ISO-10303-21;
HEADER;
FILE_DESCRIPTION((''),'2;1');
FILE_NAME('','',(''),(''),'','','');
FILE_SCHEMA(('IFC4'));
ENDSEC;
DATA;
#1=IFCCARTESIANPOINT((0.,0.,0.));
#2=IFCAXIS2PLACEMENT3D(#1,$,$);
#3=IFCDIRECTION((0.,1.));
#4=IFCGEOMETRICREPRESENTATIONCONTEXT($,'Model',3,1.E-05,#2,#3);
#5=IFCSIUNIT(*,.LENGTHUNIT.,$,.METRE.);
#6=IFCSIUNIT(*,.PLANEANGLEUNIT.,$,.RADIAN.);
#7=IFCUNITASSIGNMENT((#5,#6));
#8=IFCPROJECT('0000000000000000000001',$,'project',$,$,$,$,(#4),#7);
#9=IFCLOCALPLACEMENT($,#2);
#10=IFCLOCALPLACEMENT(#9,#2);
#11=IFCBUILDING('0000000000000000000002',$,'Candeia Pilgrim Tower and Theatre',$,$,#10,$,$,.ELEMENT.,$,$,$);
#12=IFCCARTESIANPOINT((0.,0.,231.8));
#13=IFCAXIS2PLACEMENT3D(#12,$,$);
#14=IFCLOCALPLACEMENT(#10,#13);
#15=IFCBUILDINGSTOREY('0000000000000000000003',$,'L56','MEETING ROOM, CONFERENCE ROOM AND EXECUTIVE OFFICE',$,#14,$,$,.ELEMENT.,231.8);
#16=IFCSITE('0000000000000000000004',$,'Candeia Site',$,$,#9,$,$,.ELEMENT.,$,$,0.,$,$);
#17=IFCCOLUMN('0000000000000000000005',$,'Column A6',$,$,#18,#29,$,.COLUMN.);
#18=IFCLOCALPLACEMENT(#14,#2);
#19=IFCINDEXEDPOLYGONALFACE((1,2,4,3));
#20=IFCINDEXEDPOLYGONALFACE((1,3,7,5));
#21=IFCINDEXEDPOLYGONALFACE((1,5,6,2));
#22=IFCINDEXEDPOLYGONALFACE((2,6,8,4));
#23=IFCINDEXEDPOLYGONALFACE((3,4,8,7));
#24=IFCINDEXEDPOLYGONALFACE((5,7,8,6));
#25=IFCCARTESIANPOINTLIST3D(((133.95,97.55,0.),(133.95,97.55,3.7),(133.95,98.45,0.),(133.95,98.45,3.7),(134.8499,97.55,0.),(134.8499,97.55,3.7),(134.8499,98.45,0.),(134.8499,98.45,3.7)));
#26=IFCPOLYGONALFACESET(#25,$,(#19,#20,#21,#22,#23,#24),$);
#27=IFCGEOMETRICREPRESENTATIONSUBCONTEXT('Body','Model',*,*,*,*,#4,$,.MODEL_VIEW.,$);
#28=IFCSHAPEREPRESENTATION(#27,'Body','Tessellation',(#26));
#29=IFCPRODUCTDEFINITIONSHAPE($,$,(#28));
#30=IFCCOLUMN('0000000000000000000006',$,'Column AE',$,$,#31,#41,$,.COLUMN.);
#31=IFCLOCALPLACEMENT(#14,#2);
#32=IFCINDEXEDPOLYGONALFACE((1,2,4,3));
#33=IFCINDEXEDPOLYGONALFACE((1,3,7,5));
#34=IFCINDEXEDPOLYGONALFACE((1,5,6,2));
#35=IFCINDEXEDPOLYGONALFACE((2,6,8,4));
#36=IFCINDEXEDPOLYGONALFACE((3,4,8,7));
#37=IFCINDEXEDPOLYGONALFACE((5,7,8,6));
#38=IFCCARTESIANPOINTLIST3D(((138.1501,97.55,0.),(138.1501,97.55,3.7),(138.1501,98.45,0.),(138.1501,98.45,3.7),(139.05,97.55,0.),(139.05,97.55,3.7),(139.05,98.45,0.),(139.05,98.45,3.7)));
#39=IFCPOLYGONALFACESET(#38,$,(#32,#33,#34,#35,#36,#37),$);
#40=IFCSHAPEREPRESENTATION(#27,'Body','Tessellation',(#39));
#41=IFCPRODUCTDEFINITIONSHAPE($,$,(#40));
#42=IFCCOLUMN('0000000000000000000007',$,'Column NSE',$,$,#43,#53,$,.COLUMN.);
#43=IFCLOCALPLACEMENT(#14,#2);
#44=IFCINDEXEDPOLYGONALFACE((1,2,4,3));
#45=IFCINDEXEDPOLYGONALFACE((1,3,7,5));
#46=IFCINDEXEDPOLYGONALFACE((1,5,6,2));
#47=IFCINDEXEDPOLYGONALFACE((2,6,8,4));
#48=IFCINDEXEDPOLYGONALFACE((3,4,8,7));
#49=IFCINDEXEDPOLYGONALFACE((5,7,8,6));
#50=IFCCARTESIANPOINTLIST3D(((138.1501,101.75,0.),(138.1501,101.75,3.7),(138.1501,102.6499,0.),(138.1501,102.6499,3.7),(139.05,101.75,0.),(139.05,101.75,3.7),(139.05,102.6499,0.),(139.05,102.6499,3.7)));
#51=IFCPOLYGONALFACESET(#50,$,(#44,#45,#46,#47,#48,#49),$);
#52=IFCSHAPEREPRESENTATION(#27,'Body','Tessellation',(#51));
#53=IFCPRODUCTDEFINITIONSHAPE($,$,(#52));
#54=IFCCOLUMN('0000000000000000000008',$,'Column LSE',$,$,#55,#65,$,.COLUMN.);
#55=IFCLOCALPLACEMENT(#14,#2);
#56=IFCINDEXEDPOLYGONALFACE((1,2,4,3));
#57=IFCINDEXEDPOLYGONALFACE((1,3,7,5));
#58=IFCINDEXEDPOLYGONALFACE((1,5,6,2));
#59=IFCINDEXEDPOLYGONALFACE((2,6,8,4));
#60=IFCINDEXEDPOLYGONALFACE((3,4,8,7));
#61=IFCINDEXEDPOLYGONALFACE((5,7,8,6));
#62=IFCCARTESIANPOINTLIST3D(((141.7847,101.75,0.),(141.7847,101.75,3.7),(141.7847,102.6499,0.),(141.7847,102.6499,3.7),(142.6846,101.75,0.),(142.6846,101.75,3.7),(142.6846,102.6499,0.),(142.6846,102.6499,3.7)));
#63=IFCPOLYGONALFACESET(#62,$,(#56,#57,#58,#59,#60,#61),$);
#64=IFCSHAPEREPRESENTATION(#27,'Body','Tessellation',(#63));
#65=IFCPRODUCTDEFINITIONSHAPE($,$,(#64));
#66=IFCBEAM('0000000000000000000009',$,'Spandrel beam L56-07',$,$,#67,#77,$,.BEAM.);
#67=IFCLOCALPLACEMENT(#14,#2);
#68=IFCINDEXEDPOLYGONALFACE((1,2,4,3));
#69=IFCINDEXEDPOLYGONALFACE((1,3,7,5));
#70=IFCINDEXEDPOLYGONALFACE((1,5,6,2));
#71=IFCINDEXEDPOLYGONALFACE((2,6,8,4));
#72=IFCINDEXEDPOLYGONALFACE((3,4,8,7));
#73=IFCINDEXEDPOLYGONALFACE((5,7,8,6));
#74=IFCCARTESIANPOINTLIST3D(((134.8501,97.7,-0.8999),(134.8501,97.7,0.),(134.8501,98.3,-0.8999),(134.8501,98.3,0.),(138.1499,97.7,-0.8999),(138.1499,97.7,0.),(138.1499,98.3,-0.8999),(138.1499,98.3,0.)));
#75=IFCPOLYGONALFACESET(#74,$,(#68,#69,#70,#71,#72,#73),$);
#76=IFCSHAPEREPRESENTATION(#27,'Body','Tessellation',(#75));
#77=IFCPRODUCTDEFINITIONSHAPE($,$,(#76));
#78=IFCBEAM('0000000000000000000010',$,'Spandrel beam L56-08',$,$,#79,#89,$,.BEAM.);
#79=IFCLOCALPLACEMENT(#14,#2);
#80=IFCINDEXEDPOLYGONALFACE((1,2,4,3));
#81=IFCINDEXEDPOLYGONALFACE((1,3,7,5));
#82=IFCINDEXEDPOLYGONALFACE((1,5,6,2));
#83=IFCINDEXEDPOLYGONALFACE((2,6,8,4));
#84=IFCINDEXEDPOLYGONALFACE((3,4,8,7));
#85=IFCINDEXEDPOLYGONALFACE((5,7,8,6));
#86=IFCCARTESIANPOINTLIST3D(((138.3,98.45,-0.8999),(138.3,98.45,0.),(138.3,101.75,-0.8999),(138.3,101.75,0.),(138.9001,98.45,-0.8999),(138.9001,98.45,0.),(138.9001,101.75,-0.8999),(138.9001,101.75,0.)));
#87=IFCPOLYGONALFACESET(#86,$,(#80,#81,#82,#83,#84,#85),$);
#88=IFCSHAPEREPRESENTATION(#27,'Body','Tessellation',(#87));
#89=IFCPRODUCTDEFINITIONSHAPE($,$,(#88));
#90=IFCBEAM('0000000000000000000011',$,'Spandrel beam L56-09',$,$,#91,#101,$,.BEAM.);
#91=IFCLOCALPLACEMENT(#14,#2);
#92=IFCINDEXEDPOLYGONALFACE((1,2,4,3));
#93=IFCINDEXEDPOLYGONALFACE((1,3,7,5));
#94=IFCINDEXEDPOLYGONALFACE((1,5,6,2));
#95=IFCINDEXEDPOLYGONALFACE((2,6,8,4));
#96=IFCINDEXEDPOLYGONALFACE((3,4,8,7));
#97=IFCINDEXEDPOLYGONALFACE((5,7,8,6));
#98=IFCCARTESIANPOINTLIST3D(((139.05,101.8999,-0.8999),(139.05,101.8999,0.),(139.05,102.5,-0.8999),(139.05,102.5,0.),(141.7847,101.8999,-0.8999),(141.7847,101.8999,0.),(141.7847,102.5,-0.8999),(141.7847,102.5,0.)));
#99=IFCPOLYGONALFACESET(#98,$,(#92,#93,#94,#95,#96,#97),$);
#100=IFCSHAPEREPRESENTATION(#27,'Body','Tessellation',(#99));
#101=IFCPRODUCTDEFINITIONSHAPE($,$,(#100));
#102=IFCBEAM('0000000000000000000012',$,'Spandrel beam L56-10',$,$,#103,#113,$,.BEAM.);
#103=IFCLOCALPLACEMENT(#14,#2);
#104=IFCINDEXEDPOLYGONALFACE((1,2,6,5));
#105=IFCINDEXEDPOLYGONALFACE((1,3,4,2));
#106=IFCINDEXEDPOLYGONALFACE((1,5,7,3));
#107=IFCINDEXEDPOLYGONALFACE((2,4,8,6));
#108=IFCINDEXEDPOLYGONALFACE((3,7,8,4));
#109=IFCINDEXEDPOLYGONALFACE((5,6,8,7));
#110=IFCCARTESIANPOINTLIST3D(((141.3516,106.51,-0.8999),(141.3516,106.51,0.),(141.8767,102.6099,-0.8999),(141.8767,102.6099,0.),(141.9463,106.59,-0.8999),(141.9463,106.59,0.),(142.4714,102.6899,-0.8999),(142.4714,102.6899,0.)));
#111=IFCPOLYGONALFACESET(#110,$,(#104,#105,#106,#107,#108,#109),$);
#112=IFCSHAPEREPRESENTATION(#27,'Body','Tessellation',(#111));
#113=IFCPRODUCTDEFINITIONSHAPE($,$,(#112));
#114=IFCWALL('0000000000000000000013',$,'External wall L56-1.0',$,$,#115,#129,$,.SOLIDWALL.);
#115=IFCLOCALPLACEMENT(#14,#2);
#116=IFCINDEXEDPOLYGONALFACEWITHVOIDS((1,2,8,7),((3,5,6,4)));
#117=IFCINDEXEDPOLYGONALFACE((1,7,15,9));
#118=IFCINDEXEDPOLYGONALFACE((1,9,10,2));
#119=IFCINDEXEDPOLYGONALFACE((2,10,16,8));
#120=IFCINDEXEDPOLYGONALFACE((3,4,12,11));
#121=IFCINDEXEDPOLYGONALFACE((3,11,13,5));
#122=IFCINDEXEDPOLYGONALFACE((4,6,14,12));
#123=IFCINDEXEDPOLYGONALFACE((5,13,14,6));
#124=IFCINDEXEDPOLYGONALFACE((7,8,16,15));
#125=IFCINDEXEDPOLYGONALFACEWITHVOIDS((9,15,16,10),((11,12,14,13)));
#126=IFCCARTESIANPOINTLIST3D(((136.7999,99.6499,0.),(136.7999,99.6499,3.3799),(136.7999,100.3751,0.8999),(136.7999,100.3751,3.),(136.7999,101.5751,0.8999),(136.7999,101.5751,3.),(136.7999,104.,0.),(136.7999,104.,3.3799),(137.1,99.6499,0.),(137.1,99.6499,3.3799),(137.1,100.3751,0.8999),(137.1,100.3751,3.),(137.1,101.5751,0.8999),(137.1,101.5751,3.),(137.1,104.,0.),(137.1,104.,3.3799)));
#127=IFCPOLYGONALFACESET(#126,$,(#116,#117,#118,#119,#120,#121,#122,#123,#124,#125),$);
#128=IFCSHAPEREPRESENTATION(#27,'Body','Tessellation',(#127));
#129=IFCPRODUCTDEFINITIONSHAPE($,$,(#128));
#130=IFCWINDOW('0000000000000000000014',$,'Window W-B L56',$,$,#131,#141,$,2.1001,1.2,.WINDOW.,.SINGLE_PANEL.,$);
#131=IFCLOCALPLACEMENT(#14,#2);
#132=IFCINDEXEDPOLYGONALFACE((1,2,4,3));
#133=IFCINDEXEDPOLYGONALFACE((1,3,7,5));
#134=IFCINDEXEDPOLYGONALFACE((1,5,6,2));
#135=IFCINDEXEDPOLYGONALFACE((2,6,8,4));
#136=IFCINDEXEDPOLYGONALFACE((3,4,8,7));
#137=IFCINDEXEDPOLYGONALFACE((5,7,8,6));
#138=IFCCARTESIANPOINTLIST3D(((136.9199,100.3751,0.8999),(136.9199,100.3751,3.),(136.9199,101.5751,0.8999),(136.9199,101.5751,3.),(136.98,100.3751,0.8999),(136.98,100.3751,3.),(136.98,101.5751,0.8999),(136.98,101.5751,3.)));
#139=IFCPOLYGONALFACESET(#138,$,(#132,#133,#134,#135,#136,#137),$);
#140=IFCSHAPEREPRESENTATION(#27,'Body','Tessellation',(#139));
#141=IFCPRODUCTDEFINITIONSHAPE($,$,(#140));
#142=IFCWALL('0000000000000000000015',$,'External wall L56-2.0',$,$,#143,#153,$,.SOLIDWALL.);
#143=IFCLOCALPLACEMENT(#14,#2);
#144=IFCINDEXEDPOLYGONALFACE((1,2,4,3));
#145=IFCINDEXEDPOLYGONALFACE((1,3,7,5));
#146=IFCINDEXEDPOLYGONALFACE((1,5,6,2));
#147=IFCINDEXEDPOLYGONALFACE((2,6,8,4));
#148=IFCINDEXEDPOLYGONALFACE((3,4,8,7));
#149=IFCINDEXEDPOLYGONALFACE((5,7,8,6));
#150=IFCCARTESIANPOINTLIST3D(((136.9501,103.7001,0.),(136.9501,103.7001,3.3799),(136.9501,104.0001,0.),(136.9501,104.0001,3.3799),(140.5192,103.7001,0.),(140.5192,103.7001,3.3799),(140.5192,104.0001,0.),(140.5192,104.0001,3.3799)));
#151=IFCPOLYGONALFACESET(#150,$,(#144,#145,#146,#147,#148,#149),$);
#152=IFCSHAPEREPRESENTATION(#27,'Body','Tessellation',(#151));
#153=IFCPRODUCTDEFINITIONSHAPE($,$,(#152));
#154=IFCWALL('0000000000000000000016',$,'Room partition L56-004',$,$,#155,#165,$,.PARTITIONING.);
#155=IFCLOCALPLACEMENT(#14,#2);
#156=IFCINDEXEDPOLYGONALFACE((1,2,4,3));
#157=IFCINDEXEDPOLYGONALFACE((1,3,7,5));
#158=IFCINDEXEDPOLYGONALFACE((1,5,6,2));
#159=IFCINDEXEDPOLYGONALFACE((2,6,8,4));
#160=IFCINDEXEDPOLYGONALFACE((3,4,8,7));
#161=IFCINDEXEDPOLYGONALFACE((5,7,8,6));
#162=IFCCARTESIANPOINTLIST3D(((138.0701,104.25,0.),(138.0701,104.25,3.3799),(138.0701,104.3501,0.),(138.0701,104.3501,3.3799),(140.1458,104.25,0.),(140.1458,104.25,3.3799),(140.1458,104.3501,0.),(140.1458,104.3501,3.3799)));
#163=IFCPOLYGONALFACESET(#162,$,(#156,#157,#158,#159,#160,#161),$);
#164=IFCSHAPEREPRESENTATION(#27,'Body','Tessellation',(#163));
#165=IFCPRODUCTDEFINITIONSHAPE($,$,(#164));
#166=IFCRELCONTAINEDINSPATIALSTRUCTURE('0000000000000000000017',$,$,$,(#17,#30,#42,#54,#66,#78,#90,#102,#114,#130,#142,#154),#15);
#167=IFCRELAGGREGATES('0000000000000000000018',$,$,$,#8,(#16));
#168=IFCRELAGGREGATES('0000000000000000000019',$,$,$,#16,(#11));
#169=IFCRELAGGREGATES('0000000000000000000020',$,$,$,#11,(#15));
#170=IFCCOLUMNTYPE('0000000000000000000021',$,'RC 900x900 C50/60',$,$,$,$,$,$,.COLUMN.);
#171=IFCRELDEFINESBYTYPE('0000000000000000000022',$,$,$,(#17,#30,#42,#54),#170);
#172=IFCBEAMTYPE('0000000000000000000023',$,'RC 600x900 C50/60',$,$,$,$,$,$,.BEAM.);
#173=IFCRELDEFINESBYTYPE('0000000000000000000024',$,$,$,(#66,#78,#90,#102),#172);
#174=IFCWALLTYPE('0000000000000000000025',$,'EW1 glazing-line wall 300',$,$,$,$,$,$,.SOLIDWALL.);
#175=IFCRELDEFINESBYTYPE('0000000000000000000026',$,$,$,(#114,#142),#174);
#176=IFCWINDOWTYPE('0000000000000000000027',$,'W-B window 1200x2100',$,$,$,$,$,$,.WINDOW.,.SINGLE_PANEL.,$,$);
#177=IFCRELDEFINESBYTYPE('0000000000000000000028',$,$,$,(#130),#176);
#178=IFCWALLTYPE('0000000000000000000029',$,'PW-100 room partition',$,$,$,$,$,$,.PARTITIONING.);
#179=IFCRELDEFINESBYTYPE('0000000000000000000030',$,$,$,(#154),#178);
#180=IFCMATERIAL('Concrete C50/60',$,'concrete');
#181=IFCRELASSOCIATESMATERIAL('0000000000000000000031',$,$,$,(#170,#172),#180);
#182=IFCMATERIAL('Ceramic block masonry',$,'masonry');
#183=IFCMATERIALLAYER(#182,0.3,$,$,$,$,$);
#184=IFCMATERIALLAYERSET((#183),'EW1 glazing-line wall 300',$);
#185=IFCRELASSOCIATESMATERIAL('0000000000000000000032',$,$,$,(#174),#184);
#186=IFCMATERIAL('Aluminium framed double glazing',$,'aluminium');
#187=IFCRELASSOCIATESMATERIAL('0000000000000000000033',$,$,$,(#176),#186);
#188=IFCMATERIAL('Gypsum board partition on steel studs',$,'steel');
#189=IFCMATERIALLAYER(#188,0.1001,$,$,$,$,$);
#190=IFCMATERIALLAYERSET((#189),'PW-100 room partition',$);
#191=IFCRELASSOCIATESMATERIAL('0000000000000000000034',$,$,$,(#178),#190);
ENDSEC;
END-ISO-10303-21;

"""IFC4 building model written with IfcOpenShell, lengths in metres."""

from ifc_helpers import new_model, si_unit, direction, frame, frame_2d, origin, origin_2d, place, context, subcontext, project, spatial, rectangle, extrude, material, layer, layer_set, material_profile, profile_set, type_object, element, fill, save


model = new_model("IFC4")

# Units and contexts
model_context = context("Model", 3, precision=1e-05, world=origin(), true_north=direction((0.0, 1.0)))
body_context = subcontext(model_context, "Body", "Model", "MODEL_VIEW")
ifc_project = project(units=[si_unit("LENGTHUNIT", "METRE"), si_unit("PLANEANGLEUNIT", "RADIAN")], contexts=[model_context])

# Site, building, storey
site_placement = place(None, origin())
site = spatial("IfcSite", under=ifc_project, at=site_placement, Name="Candeia Site", CompositionType="ELEMENT", RefElevation=0.0)
building_placement = place(site_placement, origin())
building = spatial("IfcBuilding", under=site, at=building_placement, Name="Candeia Pilgrim Tower and Theatre", CompositionType="ELEMENT")
storey_placement = place(building_placement, frame((0.0, 0.0, 231.8)))
storey = spatial("IfcBuildingStorey", under=building, at=storey_placement, Name="L56", Description="MEETING ROOM, CONFERENCE ROOM AND EXECUTIVE OFFICE", CompositionType="ELEMENT", Elevation=231.8)

# Columns
ifc_material_1 = material(Name="Concrete C50/60", Category="concrete")
ifc_material_profile_1 = material_profile(ifc_material_1, rectangle(XDim=0.8999, YDim=0.8999, at=origin_2d()))
ifc_profile_set_1 = profile_set([ifc_material_profile_1], Name="Concrete C50/60")
column_type = type_object("IfcColumnType", Name="RC 900x900 C50/60", PredefinedType="COLUMN", material=ifc_profile_set_1)
for number, where, z_axis, x_axis, name in (
    (1, (134.3999, 98.0, 0.0), (0.0, 0.0, 1.0), (1.0, 0.0, 0.0), "Column A6"),
    (2, (138.6001, 98.0, 0.0), (0.0, 0.0, 1.0), (1.0, 0.0, 0.0), "Column AE"),
    (3, (138.6001, 102.2, 0.0), (0.0, 0.0, 1.0), (1.0, 0.0, 0.0), "Column NSE"),
    (4, (142.2346, 102.2, 0.0), (0.0, 0.0, 1.0), (1.0, 0.0, 0.0), "Column LSE"),
):
    element("IfcColumn", number, at=place(storey_placement, frame(where, z_axis=z_axis, x_axis=x_axis)), inside=storey, type_object=column_type, Name=name, PredefinedType="COLUMN", context=body_context, shape_type="SweptSolid", body=[
        extrude(rectangle(XDim=0.8999, YDim=0.8999, at=origin_2d()), origin(), (0.0, 0.0, 1.0), 3.7),
    ])

# Beams
ifc_material_profile_2 = material_profile(ifc_material_1, rectangle(XDim=0.6001, YDim=0.8999, at=origin_2d()))
ifc_profile_set_2 = profile_set([ifc_material_profile_2], Name="Concrete C50/60")
beam_type = type_object("IfcBeamType", Name="RC 600x900 C50/60", PredefinedType="BEAM", material=ifc_profile_set_2)
beam_1_placement = place(storey_placement, frame((134.8501, 98.0, -0.45), z_axis=(1.0, 0.0, 0.0), x_axis=(0.0, 1.0, 0.0)))
element("IfcBeam", 5, at=beam_1_placement, inside=storey, type_object=beam_type, Name="Spandrel beam L56-07", PredefinedType="BEAM", context=body_context, shape_type="SweptSolid", body=[
    extrude(rectangle(XDim=0.6001, YDim=0.8999, at=origin_2d()), origin(), (0.0, 0.0, 1.0), 3.2998),
])
beam_2_placement = place(storey_placement, frame((138.6001, 98.45, -0.45), z_axis=(0.0, 1.0, 0.0), x_axis=(-1.0, 0.0, 0.0)))
element("IfcBeam", 6, at=beam_2_placement, inside=storey, type_object=beam_type, Name="Spandrel beam L56-08", PredefinedType="BEAM", context=body_context, shape_type="SweptSolid", body=[
    extrude(rectangle(XDim=0.6001, YDim=0.8999, at=origin_2d()), origin(), (0.0, 0.0, 1.0), 3.3),
])
beam_3_placement = place(storey_placement, frame((139.05, 102.2, -0.45), z_axis=(1.0, 0.0, 0.0), x_axis=(0.0, 1.0, 0.0)))
element("IfcBeam", 7, at=beam_3_placement, inside=storey, type_object=beam_type, Name="Spandrel beam L56-09", PredefinedType="BEAM", context=body_context, shape_type="SweptSolid", body=[
    extrude(rectangle(XDim=0.6001, YDim=0.8999, at=origin_2d()), origin(), (0.0, 0.0, 1.0), 2.7346),
])
beam_4_placement = place(storey_placement, frame((142.1741, 102.6499, -0.45), z_axis=(-0.133444, 0.991056, 0.0), x_axis=(-0.991056, -0.133444, 0.0)))
element("IfcBeam", 8, at=beam_4_placement, inside=storey, type_object=beam_type, Name="Spandrel beam L56-10", PredefinedType="BEAM", context=body_context, shape_type="SweptSolid", body=[
    extrude(rectangle(XDim=0.6001, YDim=0.8999, at=origin_2d()), origin(), (0.0, 0.0, 1.0), 3.9353),
])

# Wall, opening, window
ifc_material_2 = material(Name="Ceramic block masonry", Category="masonry")
ifc_layer_1 = layer(ifc_material_2, 0.3)
ifc_layer_set_1 = layer_set([ifc_layer_1], Name="EW1 glazing-line wall 300")
wall_type_1 = type_object("IfcWallType", Name="EW1 glazing-line wall 300", PredefinedType="SOLIDWALL", material=ifc_layer_set_1)
wall_1_placement = place(storey_placement, frame((136.95, 99.6499, 0.0), z_axis=(0.0, 0.0, 1.0), x_axis=(0.0, 1.0, 0.0)))
wall_1 = element("IfcWall", 9, at=wall_1_placement, inside=storey, type_object=wall_type_1, Name="External wall L56-1.0", PredefinedType="SOLIDWALL", context=body_context, shape_type="SweptSolid", body=[
    extrude(rectangle(XDim=4.3501, YDim=0.3, at=frame_2d((2.175, 0.0))), origin(), (0.0, 0.0, 1.0), 3.3799),
])
opening_1_placement = place(wall_1_placement, frame((0.7251, 0.0, 0.8999)))
opening_1 = element("IfcOpeningElement", 10, at=opening_1_placement, cuts=wall_1, PredefinedType="OPENING", context=body_context, shape_type="SweptSolid", body=[
    extrude(rectangle(XDim=1.2, YDim=2.1001, at=frame_2d((0.6001, 1.05))), frame((0.0, 0.1602, 0.0), z_axis=(0.0, -1.0, 0.0), x_axis=(1.0, 0.0, 0.0)), (0.0, 0.0, 1.0), 0.3201),
])
ifc_material_3 = material(Name="Aluminium framed double glazing", Category="aluminium")
window_type = type_object("IfcWindowType", Name="W-B window 1200x2100", PartitioningType="SINGLE_PANEL", PredefinedType="WINDOW", material=ifc_material_3)
window_1_placement = place(opening_1_placement, origin())
window_1 = element("IfcWindow", 11, at=window_1_placement, inside=storey, type_object=window_type, Name="Window W-B L56", OverallHeight=2.1001, OverallWidth=1.2, PartitioningType="SINGLE_PANEL", PredefinedType="WINDOW", context=body_context, shape_type="SweptSolid", body=[
    extrude(rectangle(XDim=1.2, YDim=2.1001, at=frame_2d((0.6001, 1.05))), frame((0.0, 0.03, 0.0), z_axis=(0.0, -1.0, 0.0), x_axis=(1.0, 0.0, 0.0)), (0.0, 0.0, 1.0), 0.0601),
])
fill(opening_1, window_1)

# Wall
wall_2_placement = place(storey_placement, frame((136.95, 103.8501, 0.0), z_axis=(0.0, 0.0, 1.0), x_axis=(1.0, 0.0, 0.0)))
element("IfcWall", 12, at=wall_2_placement, inside=storey, type_object=wall_type_1, Name="External wall L56-2.0", PredefinedType="SOLIDWALL", context=body_context, shape_type="SweptSolid", body=[
    extrude(rectangle(XDim=3.5691, YDim=0.3, at=frame_2d((1.7847, 0.0))), origin(), (0.0, 0.0, 1.0), 3.3799),
])

# Wall
ifc_material_4 = material(Name="Gypsum board partition on steel studs", Category="steel")
ifc_layer_2 = layer(ifc_material_4, 0.1001)
ifc_layer_set_2 = layer_set([ifc_layer_2], Name="PW-100 room partition")
wall_type_2 = type_object("IfcWallType", Name="PW-100 room partition", PredefinedType="PARTITIONING", material=ifc_layer_set_2)
wall_3_placement = place(storey_placement, frame((138.0701, 104.3, 0.0), z_axis=(0.0, 0.0, 1.0), x_axis=(1.0, 0.0, 0.0)))
element("IfcWall", 13, at=wall_3_placement, inside=storey, type_object=wall_type_2, Name="Room partition L56-004", PredefinedType="PARTITIONING", context=body_context, shape_type="SweptSolid", body=[
    extrude(rectangle(XDim=2.0757, YDim=0.1001, at=frame_2d((1.0378, 0.0))), origin(), (0.0, 0.0, 1.0), 3.3799),
])

save(model, "model.ifc")
